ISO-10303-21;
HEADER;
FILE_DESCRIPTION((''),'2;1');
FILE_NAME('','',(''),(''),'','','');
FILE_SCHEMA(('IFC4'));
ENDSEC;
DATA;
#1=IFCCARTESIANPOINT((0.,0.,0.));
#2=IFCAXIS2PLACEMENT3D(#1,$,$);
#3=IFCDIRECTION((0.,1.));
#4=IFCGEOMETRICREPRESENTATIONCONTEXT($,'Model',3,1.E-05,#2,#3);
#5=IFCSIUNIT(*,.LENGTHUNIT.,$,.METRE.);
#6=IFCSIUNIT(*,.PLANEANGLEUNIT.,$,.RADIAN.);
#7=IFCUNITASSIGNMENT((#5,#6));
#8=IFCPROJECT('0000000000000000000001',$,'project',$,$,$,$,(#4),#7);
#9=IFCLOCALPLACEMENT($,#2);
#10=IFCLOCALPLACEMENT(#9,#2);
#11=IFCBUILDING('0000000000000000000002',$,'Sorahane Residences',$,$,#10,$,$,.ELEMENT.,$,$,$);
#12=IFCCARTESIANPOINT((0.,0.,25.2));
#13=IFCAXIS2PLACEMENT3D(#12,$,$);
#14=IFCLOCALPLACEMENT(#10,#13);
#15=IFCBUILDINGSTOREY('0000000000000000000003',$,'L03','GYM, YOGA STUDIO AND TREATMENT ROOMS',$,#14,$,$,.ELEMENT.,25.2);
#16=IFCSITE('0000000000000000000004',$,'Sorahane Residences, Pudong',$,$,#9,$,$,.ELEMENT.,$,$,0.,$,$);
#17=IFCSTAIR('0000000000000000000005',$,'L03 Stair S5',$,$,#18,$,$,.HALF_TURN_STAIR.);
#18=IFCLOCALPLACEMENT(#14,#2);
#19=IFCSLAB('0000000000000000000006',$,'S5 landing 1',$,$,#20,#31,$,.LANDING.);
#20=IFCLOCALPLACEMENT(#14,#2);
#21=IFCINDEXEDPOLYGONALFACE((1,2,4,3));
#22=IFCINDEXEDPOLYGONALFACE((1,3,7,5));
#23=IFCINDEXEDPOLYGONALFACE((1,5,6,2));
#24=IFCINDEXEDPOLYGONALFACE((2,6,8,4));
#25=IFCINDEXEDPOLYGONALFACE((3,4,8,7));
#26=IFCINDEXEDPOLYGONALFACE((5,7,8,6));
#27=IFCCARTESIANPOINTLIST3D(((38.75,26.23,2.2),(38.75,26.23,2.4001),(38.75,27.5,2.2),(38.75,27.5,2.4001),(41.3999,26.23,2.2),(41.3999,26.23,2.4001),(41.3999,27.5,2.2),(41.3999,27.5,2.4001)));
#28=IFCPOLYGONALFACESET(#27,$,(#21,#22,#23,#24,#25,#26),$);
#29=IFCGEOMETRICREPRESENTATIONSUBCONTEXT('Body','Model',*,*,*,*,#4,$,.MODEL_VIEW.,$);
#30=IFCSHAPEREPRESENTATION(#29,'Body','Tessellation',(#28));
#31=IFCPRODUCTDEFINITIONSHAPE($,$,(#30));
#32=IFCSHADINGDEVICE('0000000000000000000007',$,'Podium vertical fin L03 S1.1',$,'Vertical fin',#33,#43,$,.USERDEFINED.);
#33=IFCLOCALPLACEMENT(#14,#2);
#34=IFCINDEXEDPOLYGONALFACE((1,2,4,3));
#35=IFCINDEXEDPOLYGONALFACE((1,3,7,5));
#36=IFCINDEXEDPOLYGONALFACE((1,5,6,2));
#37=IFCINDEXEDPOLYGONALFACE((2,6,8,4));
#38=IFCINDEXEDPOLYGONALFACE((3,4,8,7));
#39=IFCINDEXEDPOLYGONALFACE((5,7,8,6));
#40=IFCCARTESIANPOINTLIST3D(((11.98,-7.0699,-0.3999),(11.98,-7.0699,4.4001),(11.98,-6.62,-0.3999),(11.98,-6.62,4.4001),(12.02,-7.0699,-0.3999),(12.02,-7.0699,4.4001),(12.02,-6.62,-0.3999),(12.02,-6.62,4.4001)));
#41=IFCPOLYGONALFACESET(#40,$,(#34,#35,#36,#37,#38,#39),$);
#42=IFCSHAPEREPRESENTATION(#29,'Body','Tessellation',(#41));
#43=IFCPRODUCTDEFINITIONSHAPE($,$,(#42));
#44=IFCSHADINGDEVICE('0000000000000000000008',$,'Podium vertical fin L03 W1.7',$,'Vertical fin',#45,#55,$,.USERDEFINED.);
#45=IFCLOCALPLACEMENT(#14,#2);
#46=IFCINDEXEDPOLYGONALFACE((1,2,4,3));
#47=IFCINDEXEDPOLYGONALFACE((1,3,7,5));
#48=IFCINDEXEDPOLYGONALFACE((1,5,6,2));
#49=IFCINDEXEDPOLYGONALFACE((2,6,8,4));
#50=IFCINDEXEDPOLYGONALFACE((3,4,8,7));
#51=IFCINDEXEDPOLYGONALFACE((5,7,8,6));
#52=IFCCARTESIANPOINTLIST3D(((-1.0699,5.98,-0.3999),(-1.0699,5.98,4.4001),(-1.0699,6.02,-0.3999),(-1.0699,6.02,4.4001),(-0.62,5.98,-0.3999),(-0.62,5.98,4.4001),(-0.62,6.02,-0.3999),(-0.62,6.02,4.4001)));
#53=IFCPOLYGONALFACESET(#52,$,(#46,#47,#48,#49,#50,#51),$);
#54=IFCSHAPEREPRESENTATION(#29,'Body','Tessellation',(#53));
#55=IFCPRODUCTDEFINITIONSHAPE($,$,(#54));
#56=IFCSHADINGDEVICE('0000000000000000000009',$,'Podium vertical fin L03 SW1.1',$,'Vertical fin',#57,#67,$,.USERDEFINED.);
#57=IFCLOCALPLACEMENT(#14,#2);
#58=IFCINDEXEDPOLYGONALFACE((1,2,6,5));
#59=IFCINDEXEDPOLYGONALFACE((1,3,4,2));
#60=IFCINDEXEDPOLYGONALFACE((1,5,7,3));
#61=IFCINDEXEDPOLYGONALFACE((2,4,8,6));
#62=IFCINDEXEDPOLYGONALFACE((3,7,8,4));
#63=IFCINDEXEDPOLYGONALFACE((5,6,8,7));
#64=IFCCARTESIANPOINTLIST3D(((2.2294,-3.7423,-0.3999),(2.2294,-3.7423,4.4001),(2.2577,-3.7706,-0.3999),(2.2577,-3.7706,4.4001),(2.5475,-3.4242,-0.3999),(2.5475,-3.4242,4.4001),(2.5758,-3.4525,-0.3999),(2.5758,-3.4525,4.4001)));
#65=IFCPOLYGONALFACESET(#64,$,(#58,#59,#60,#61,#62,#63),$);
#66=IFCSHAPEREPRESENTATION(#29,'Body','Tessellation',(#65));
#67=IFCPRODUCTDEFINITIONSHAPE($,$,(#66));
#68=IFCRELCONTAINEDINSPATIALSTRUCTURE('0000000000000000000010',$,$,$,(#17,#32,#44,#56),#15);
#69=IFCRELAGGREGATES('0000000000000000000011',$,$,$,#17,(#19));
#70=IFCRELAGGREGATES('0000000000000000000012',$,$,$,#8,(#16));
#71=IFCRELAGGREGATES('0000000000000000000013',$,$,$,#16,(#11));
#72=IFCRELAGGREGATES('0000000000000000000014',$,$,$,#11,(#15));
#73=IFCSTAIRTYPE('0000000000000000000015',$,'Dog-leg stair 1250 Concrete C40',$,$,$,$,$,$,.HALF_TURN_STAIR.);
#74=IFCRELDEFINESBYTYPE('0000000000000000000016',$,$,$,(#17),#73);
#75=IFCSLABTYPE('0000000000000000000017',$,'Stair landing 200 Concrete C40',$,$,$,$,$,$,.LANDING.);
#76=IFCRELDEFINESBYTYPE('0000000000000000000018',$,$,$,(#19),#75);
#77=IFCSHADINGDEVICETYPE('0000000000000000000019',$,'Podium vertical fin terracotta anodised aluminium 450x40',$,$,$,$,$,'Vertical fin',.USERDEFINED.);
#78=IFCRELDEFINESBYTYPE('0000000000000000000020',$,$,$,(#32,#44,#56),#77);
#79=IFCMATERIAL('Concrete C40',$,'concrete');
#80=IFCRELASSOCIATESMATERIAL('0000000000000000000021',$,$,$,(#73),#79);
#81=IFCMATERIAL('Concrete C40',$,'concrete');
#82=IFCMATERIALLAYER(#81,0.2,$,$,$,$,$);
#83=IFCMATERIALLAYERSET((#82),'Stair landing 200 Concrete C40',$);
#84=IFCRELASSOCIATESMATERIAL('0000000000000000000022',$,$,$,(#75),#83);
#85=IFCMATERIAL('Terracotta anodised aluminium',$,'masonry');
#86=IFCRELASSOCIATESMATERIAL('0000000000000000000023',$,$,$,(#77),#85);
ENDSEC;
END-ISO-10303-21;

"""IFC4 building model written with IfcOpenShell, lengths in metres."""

from ifc_helpers import new_model, si_unit, direction, frame, origin, origin_2d, place, context, subcontext, project, spatial, polyline, rectangle, outline, extrude, material, layer, layer_set, material_profile, profile_set, type_object, element, aggregate, save


model = new_model("IFC4")

# Units and contexts
model_context = context("Model", 3, precision=1e-05, world=origin(), true_north=direction((0.0, 1.0)))
body_context = subcontext(model_context, "Body", "Model", "MODEL_VIEW")
ifc_project = project(units=[si_unit("LENGTHUNIT", "METRE"), si_unit("PLANEANGLEUNIT", "RADIAN")], contexts=[model_context])

# Site, building, storey
site_placement = place(None, origin())
site = spatial("IfcSite", under=ifc_project, at=site_placement, Name="Sorahane Residences, Pudong", CompositionType="ELEMENT", RefElevation=0.0)
building_placement = place(site_placement, origin())
building = spatial("IfcBuilding", under=site, at=building_placement, Name="Sorahane Residences", CompositionType="ELEMENT")
storey_placement = place(building_placement, frame((0.0, 0.0, 25.2)))
storey = spatial("IfcBuildingStorey", under=building, at=storey_placement, Name="L03", Description="GYM, YOGA STUDIO AND TREATMENT ROOMS", CompositionType="ELEMENT", Elevation=25.2)

# Stair, slab
ifc_material_1 = material(Name="Concrete C40", Category="concrete")
stair_type = type_object("IfcStairType", Name="Dog-leg stair 1250 Concrete C40", PredefinedType="HALF_TURN_STAIR", material=ifc_material_1)
ifc_material_2 = material(Name="Concrete C40", Category="concrete")
ifc_layer_1 = layer(ifc_material_2, 0.2)
ifc_layer_set_1 = layer_set([ifc_layer_1], Name="Stair landing 200 Concrete C40")
slab_type_1 = type_object("IfcSlabType", Name="Stair landing 200 Concrete C40", PredefinedType="LANDING", material=ifc_layer_set_1)
stair_1_placement = place(storey_placement, origin())
stair_1 = element("IfcStair", 1, at=stair_1_placement, inside=storey, type_object=stair_type, Name="L03 Stair S5", PredefinedType="HALF_TURN_STAIR")
slab_1_placement = place(storey_placement, frame((0.0, 0.0, 2.2)))
slab_1 = element("IfcSlab", 2, at=slab_1_placement, type_object=slab_type_1, Name="S5 landing 1", PredefinedType="LANDING", context=body_context, shape_type="SweptSolid", body=[
    extrude(outline(polyline([(41.3999, 26.23), (41.3999, 27.5), (38.75, 27.5), (38.75, 26.23), (41.3999, 26.23)])), origin(), (0.0, 0.0, 1.0), 0.2002),
])
aggregate(stair_1, [slab_1])

# Shading devices
ifc_material_3 = material(Name="Terracotta anodised aluminium", Category="masonry")
ifc_material_profile_1 = material_profile(ifc_material_3, rectangle(XDim=0.45, YDim=0.04, at=origin_2d()), Name="Podium vertical fin terracotta anodised aluminium 450x40")
ifc_profile_set_1 = profile_set([ifc_material_profile_1], Name="Terracotta anodised aluminium")
shading_device_type = type_object("IfcShadingDeviceType", Name="Podium vertical fin terracotta anodised aluminium 450x40", ElementType="Vertical fin", PredefinedType="USERDEFINED", material=ifc_profile_set_1)
for number, where, z_axis, x_axis, name in (
    (3, (12.0, -6.845, -0.3999), (0.0, 0.0, 1.0), (0.0, -1.0, 0.0), "Podium vertical fin L03 S1.1"),
    (4, (-0.845, 6.0, -0.3999), (0.0, 0.0, 1.0), (-1.0, 0.0, 0.0), "Podium vertical fin L03 W1.7"),
    (5, (2.4026, -3.5974, -0.3999), (0.0, 0.0, 1.0), (-0.707107, -0.707107, 0.0), "Podium vertical fin L03 SW1.1"),
):
    element("IfcShadingDevice", number, at=place(storey_placement, frame(where, z_axis=z_axis, x_axis=x_axis)), inside=storey, type_object=shading_device_type, Name=name, ObjectType="Vertical fin", PredefinedType="USERDEFINED", context=body_context, shape_type="SweptSolid", body=[
        extrude(rectangle(XDim=0.45, YDim=0.04, at=origin_2d()), origin(), (0.0, 0.0, 1.0), 4.8),
    ])

save(model, "model.ifc")
